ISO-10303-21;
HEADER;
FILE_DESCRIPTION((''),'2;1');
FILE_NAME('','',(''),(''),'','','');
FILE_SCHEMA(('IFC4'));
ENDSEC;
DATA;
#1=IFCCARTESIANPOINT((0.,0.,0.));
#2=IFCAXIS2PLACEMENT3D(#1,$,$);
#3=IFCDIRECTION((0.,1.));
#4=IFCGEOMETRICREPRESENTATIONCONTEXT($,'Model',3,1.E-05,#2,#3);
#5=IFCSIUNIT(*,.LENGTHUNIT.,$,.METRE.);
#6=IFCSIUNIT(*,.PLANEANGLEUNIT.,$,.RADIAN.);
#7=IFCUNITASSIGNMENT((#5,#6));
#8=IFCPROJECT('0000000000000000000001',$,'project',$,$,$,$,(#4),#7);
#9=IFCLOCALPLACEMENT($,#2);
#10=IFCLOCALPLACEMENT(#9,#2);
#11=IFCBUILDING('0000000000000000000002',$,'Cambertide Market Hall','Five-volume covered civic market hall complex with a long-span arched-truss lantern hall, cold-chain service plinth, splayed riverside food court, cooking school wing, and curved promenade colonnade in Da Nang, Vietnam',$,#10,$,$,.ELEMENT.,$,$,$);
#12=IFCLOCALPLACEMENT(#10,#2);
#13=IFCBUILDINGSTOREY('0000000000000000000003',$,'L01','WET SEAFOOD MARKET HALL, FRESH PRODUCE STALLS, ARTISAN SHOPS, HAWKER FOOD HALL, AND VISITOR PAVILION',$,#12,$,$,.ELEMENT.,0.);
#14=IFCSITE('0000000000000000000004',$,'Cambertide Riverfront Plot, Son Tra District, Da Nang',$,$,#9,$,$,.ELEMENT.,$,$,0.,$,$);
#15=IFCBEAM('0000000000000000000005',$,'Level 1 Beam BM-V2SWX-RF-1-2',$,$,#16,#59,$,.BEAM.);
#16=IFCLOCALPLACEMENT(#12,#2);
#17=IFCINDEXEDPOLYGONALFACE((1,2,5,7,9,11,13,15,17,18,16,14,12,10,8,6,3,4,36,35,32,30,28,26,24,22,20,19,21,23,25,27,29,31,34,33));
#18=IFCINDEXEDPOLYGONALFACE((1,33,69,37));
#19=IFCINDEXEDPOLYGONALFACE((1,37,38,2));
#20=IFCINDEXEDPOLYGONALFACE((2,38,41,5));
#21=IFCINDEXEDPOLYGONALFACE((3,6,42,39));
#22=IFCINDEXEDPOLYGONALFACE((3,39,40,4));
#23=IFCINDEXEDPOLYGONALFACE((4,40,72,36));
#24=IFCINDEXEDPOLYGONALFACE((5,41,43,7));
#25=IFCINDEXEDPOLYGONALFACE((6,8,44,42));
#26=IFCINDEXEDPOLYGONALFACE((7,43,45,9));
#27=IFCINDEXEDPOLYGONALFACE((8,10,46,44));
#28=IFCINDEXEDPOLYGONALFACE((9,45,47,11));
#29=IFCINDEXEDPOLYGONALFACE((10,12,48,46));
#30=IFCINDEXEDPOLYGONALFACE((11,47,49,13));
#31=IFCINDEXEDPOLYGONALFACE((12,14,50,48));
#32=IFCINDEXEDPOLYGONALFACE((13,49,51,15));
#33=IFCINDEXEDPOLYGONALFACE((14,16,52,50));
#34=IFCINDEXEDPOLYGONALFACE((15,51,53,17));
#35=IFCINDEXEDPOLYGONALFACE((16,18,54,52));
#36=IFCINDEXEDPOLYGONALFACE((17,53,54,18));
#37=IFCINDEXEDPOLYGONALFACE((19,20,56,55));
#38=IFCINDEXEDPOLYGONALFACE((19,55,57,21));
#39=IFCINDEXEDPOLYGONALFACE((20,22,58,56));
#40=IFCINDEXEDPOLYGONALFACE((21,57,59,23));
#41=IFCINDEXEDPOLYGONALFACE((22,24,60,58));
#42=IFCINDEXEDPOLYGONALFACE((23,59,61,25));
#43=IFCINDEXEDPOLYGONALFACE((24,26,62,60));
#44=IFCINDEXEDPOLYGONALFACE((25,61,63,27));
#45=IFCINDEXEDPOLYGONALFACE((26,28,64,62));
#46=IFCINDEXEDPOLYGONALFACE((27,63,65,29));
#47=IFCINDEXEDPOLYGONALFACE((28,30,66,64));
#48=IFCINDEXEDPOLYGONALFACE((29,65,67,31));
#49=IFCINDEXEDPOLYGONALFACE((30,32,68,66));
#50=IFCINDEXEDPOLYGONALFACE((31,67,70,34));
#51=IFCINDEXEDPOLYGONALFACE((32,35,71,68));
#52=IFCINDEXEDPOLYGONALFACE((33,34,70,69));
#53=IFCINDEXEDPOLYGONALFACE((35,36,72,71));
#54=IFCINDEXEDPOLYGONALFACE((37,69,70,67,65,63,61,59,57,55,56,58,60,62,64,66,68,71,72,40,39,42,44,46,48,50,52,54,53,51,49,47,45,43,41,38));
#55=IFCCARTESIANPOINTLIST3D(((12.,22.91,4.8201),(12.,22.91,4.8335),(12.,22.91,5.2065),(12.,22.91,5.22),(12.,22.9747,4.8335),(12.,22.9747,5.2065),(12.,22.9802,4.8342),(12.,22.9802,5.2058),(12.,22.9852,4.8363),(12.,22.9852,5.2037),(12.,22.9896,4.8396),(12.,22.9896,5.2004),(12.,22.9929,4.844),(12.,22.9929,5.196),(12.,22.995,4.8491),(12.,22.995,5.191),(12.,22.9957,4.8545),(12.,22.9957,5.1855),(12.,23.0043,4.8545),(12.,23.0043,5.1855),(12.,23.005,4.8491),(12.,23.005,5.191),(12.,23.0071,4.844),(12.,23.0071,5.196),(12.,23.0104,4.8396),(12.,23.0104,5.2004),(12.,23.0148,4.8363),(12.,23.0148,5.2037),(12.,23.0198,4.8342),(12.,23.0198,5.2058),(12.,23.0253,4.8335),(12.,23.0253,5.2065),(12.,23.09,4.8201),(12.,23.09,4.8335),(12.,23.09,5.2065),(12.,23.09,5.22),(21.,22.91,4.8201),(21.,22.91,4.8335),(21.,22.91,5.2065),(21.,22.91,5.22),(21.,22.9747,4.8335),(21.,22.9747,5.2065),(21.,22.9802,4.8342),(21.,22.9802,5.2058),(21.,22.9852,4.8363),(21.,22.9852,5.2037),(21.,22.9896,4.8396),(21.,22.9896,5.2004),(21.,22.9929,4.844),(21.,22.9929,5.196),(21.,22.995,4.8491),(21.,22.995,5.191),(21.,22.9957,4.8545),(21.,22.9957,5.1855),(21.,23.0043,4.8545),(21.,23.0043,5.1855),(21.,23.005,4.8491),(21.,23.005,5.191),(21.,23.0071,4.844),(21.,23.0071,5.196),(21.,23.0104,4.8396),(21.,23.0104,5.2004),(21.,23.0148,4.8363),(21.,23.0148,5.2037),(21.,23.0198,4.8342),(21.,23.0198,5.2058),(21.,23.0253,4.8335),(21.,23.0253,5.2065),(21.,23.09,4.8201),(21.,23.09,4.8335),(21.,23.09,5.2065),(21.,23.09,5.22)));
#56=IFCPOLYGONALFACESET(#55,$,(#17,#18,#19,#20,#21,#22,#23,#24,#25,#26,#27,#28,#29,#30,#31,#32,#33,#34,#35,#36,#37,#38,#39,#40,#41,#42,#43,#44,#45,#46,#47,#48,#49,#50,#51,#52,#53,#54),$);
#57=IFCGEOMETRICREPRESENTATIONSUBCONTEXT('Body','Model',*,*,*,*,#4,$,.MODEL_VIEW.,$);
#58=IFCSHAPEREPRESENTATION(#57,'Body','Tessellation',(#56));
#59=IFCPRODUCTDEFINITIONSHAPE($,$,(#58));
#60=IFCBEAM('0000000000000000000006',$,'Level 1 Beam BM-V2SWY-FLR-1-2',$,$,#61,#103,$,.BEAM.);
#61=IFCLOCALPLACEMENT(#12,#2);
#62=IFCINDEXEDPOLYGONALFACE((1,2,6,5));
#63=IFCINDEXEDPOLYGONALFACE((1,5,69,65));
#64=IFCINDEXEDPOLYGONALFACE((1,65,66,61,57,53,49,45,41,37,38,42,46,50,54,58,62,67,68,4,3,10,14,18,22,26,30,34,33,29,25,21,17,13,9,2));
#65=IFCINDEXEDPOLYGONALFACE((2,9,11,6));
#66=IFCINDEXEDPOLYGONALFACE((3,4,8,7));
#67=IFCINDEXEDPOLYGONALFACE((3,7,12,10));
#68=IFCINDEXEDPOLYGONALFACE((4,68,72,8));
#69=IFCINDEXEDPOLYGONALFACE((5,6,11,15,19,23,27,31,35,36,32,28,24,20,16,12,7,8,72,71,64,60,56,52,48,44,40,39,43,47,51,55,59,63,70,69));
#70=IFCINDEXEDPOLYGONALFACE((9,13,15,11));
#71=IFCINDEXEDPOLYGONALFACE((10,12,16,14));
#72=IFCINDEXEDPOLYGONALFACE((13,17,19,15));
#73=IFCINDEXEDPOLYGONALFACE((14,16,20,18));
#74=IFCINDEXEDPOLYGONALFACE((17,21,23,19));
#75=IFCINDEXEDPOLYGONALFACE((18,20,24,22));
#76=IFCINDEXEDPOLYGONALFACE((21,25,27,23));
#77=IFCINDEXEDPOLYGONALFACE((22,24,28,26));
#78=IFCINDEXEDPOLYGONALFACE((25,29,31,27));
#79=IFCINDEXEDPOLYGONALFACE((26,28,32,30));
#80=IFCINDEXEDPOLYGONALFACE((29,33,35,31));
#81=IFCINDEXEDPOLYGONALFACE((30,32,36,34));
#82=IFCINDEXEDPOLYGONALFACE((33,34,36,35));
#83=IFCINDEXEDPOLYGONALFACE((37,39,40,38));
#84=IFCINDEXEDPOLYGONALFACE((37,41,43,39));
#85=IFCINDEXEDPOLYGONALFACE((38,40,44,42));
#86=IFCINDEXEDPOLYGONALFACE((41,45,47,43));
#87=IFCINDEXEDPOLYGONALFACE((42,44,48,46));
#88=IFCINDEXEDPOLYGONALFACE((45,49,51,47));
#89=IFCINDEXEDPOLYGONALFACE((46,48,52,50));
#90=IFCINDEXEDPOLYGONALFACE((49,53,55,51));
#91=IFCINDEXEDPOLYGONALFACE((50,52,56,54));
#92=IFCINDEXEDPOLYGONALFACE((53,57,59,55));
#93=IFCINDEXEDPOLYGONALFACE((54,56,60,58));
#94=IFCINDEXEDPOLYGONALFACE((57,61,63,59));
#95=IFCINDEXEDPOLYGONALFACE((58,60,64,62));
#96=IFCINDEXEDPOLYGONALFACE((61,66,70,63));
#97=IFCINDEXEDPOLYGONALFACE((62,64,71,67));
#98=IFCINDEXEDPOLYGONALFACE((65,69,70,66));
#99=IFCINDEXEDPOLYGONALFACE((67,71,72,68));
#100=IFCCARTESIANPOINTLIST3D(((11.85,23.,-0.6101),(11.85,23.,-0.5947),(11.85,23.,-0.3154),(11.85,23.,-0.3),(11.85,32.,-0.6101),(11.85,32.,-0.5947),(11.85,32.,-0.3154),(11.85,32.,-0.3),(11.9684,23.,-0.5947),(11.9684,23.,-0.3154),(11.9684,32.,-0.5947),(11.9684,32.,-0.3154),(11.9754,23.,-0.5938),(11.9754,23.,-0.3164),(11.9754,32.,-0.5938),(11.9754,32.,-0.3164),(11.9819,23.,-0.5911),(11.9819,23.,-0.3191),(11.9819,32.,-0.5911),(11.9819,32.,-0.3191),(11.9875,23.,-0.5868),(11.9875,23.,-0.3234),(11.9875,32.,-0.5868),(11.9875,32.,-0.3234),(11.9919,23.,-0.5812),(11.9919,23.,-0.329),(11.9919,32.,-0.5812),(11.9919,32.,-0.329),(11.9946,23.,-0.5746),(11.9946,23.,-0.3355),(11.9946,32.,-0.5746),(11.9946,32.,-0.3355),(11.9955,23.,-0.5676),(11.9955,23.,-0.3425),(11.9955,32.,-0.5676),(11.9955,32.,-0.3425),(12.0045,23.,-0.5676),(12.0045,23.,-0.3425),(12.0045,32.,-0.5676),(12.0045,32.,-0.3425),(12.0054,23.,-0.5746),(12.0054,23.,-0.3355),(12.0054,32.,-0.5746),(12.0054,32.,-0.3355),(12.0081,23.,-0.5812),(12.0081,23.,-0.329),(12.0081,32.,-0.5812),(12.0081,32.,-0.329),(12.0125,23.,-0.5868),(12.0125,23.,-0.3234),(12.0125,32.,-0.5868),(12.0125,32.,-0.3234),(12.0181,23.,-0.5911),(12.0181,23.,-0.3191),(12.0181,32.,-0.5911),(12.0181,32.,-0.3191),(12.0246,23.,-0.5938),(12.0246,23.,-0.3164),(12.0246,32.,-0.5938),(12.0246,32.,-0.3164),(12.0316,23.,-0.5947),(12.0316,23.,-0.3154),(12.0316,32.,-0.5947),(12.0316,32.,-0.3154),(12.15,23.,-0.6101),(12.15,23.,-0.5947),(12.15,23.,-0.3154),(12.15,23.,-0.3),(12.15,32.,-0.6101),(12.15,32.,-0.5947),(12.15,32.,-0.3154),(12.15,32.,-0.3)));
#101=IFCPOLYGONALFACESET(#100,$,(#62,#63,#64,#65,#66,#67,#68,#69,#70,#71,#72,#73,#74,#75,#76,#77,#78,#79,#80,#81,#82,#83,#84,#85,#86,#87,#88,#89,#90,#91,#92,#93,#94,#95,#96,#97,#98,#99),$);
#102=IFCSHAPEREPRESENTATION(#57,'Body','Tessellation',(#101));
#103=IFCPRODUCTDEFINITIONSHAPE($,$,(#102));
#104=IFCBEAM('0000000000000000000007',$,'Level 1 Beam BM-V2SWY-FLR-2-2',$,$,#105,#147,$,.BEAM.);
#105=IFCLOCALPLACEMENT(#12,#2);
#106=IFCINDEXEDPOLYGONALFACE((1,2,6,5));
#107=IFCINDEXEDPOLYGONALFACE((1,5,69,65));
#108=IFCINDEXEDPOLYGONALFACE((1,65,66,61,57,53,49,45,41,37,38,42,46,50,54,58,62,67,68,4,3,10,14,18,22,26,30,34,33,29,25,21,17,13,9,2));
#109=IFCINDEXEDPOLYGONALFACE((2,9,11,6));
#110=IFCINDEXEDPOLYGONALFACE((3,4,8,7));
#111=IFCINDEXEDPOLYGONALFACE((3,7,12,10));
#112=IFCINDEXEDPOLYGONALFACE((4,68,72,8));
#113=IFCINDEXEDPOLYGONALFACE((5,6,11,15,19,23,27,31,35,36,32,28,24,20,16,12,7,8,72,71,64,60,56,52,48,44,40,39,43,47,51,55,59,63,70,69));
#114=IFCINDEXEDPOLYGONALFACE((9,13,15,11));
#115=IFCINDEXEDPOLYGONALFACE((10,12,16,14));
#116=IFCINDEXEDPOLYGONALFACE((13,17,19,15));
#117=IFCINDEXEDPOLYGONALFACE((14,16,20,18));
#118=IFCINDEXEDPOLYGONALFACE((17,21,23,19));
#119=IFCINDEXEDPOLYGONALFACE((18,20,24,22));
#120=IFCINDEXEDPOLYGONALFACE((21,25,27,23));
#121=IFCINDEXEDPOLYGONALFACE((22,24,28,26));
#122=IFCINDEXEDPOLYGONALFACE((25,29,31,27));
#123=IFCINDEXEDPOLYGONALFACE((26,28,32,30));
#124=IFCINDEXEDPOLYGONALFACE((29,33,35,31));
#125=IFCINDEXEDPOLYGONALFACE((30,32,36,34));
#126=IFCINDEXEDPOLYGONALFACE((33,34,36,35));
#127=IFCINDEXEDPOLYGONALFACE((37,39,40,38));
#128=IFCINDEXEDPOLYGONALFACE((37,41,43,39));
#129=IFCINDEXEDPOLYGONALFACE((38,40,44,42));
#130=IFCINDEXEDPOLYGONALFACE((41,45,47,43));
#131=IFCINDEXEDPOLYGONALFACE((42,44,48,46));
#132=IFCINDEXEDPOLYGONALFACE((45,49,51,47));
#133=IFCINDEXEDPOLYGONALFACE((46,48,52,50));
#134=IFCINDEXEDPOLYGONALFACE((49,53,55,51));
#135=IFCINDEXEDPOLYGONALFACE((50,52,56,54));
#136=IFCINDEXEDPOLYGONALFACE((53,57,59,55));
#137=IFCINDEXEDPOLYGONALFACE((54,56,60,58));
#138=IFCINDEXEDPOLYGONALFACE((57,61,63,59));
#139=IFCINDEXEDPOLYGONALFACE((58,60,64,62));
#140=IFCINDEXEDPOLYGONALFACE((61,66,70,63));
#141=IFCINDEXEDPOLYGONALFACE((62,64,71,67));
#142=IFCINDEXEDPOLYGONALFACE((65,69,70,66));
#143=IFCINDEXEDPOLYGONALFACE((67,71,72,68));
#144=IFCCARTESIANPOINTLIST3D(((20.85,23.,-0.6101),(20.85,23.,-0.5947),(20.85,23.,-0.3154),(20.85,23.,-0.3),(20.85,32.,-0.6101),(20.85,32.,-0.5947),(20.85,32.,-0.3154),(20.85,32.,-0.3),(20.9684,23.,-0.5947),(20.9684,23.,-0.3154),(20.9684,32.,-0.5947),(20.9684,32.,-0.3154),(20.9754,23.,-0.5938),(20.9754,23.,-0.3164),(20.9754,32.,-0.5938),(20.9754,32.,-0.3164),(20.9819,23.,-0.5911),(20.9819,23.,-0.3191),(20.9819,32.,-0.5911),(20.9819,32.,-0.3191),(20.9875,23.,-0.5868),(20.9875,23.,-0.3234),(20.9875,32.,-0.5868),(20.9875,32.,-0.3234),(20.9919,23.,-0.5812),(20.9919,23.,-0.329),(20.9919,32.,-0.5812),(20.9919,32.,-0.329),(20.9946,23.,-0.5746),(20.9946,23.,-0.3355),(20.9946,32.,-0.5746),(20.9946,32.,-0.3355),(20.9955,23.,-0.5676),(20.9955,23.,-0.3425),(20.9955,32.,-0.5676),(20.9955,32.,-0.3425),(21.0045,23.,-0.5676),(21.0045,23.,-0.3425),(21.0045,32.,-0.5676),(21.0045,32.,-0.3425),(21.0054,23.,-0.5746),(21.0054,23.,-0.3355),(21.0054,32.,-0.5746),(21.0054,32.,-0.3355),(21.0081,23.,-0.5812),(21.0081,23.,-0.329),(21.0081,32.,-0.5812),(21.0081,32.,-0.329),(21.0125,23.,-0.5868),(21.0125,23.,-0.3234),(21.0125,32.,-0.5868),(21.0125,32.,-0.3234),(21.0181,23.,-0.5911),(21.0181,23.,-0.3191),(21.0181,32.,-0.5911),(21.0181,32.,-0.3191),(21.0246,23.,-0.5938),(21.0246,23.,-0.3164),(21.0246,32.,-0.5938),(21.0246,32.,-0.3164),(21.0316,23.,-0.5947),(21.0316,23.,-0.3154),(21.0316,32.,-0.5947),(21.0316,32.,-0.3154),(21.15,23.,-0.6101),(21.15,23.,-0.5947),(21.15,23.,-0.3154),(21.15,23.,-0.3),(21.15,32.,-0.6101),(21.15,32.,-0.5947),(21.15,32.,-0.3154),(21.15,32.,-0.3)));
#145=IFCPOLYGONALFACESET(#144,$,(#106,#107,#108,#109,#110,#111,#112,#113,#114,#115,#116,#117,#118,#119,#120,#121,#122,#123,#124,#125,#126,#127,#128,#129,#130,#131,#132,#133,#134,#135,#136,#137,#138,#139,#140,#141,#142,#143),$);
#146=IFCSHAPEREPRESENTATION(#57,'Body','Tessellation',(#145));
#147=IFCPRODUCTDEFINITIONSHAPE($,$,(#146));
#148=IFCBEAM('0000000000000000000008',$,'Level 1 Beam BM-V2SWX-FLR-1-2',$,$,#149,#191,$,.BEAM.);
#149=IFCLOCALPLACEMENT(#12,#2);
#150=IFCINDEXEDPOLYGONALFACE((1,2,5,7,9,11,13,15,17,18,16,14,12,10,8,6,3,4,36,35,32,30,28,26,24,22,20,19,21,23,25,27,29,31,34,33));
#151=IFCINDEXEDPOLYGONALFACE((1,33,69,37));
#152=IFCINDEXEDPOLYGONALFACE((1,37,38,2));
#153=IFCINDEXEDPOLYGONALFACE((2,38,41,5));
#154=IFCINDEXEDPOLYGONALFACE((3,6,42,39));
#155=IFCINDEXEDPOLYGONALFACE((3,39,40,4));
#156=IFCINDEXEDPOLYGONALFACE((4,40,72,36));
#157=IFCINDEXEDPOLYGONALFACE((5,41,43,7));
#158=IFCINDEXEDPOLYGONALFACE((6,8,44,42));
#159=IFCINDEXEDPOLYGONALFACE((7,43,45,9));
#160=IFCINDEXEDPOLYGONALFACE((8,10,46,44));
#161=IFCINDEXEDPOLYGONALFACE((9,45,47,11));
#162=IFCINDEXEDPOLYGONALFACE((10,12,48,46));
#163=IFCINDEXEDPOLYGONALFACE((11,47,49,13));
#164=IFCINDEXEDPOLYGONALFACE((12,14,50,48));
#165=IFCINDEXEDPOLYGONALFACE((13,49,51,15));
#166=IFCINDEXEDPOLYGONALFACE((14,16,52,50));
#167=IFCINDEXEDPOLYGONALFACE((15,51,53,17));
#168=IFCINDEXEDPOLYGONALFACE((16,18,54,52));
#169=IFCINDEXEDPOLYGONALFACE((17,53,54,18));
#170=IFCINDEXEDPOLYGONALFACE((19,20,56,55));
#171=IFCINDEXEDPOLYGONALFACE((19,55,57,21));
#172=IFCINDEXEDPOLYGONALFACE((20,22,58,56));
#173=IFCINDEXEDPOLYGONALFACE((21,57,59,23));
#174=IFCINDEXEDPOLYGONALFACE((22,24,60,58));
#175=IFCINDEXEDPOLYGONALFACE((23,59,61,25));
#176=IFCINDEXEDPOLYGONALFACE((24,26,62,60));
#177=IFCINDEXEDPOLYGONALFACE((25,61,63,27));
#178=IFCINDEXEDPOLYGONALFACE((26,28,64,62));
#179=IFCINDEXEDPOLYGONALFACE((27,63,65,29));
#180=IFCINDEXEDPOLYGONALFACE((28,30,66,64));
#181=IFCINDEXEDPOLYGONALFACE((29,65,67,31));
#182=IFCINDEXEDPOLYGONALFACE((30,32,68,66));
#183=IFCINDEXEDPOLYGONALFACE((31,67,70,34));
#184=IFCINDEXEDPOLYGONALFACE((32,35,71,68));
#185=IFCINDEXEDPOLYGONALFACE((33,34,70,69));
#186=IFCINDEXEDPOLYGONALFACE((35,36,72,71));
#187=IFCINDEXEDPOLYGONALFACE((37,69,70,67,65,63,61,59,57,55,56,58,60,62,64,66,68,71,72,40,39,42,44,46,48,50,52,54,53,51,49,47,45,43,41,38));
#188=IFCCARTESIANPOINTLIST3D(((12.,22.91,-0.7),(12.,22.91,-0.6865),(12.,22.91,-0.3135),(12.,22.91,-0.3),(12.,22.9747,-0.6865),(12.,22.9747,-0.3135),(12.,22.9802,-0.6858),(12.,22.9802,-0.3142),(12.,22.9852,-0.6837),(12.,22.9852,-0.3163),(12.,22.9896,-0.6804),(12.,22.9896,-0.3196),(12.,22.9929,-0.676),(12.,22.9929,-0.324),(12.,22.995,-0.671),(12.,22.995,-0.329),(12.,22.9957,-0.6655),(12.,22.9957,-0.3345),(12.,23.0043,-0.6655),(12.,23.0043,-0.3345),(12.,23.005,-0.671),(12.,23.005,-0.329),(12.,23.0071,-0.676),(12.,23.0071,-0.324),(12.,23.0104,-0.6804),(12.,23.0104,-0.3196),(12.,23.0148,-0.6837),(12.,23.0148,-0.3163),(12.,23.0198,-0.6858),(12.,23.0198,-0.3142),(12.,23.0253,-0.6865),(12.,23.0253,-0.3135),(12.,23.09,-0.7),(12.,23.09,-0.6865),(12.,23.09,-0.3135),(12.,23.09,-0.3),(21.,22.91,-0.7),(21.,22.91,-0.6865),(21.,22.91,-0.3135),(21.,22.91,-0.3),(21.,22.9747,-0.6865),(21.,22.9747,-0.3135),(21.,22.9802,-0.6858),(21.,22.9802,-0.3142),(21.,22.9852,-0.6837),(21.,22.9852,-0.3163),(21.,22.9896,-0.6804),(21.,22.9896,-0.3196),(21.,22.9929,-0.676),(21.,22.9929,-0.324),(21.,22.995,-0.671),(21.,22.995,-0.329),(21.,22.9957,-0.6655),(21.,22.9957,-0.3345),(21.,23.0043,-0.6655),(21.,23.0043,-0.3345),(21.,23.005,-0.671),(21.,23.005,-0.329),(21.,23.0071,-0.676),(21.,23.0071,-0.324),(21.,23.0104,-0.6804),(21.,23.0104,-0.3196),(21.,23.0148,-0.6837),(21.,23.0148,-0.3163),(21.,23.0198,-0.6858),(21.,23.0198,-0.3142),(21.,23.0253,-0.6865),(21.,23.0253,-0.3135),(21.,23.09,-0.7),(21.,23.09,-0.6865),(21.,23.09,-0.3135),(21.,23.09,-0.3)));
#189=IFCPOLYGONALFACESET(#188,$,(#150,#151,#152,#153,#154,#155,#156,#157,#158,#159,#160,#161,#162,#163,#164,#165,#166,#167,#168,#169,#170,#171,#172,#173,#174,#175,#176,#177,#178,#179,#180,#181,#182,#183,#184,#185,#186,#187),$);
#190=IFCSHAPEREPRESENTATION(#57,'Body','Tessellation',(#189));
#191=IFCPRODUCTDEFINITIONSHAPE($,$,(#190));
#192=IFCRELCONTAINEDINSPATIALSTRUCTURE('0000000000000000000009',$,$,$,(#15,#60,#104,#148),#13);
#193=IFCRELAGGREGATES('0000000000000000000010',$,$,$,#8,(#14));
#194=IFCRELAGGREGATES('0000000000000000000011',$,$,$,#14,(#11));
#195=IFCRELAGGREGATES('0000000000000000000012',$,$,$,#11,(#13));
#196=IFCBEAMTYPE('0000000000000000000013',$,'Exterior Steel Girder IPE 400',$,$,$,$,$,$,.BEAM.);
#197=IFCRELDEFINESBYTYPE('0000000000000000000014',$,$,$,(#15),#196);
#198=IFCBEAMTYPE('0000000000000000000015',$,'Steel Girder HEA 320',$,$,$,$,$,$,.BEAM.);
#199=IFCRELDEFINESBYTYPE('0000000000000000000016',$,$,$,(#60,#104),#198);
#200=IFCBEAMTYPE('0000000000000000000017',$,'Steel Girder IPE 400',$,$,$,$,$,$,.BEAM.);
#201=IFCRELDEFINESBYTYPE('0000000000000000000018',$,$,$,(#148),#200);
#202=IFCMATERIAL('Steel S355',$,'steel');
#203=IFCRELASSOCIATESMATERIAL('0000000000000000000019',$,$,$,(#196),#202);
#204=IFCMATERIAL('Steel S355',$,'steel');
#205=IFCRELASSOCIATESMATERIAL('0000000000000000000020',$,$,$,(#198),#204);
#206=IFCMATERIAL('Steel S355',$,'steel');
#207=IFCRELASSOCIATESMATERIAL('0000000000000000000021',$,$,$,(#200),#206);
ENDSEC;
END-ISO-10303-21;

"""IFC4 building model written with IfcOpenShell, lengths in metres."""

from ifc_helpers import new_model, si_unit, direction, frame, origin, origin_2d, place, context, subcontext, project, spatial, i_section, extrude, material, material_profile, profile_set, type_object, element, save


model = new_model("IFC4")

# Units and contexts
model_context = context("Model", 3, precision=1e-05, world=origin(), true_north=direction((0.0, 1.0)))
body_context = subcontext(model_context, "Body", "Model", "MODEL_VIEW")
ifc_project = project(units=[si_unit("LENGTHUNIT", "METRE"), si_unit("PLANEANGLEUNIT", "RADIAN")], contexts=[model_context])

# Site, building, storey
site_placement = place(None, origin())
site = spatial("IfcSite", under=ifc_project, at=site_placement, Name="Cambertide Riverfront Plot, Son Tra District, Da Nang", CompositionType="ELEMENT", RefElevation=0.0)
building_placement = place(site_placement, origin())
building = spatial("IfcBuilding", under=site, at=building_placement, Name="Cambertide Market Hall", Description="Five-volume covered civic market hall complex with a long-span arched-truss lantern hall, cold-chain service plinth, splayed riverside food court, cooking school wing, and curved promenade colonnade in Da Nang, Vietnam", CompositionType="ELEMENT")
storey_placement = place(building_placement, origin())
storey = spatial("IfcBuildingStorey", under=building, at=storey_placement, Name="L01", Description="WET SEAFOOD MARKET HALL, FRESH PRODUCE STALLS, ARTISAN SHOPS, HAWKER FOOD HALL, AND VISITOR PAVILION", CompositionType="ELEMENT", Elevation=0.0)

# Beams
ifc_material_1 = material(Name="Steel S355", Category="steel")
ifc_material_profile_1 = material_profile(ifc_material_1, i_section(OverallWidth=0.1799, OverallDepth=0.3999, WebThickness=0.0085, FlangeThickness=0.0134, FilletRadius=0.021, at=origin_2d()), Name="IPE 400")
ifc_profile_set_1 = profile_set([ifc_material_profile_1], Name="Steel S355")
beam_type_1 = type_object("IfcBeamType", Name="Exterior Steel Girder IPE 400", PredefinedType="BEAM", material=ifc_profile_set_1)
beam_1_placement = place(storey_placement, frame((12.0, 23.0, 5.02), z_axis=(1.0, 0.0, 0.0), x_axis=(0.0, 1.0, 0.0)))
element("IfcBeam", 1, at=beam_1_placement, inside=storey, type_object=beam_type_1, Name="Level 1 Beam BM-V2SWX-RF-1-2", PredefinedType="BEAM", context=body_context, shape_type="SweptSolid", body=[
    extrude(i_section(OverallWidth=0.1799, OverallDepth=0.3999, WebThickness=0.0085, FlangeThickness=0.0134, FilletRadius=0.021, at=origin_2d()), origin(), (0.0, 0.0, 1.0), 9.0),
])
ifc_material_2 = material(Name="Steel S355", Category="steel")
ifc_material_profile_2 = material_profile(ifc_material_2, i_section(OverallWidth=0.3, OverallDepth=0.3101, WebThickness=0.009, FlangeThickness=0.0154, FilletRadius=0.0271, at=origin_2d()), Name="HEA 320")
ifc_profile_set_2 = profile_set([ifc_material_profile_2], Name="Steel S355")
beam_type_2 = type_object("IfcBeamType", Name="Steel Girder HEA 320", PredefinedType="BEAM", material=ifc_profile_set_2)
for number, where, z_axis, x_axis, name in (
    (2, (12.0, 23.0, -0.4551), (0.0, 1.0, 0.0), (-1.0, 0.0, 0.0), "Level 1 Beam BM-V2SWY-FLR-1-2"),
    (3, (21.0, 23.0, -0.4551), (0.0, 1.0, 0.0), (-1.0, 0.0, 0.0), "Level 1 Beam BM-V2SWY-FLR-2-2"),
):
    element("IfcBeam", number, at=place(storey_placement, frame(where, z_axis=z_axis, x_axis=x_axis)), inside=storey, type_object=beam_type_2, Name=name, PredefinedType="BEAM", context=body_context, shape_type="SweptSolid", body=[
        extrude(i_section(OverallWidth=0.3, OverallDepth=0.3101, WebThickness=0.009, FlangeThickness=0.0154, FilletRadius=0.0271, at=origin_2d()), origin(), (0.0, 0.0, 1.0), 9.0),
    ])
ifc_material_3 = material(Name="Steel S355", Category="steel")
ifc_material_profile_3 = material_profile(ifc_material_3, i_section(OverallWidth=0.1799, OverallDepth=0.3999, WebThickness=0.0085, FlangeThickness=0.0134, FilletRadius=0.021, at=origin_2d()), Name="IPE 400")
ifc_profile_set_3 = profile_set([ifc_material_profile_3], Name="Steel S355")
beam_type_3 = type_object("IfcBeamType", Name="Steel Girder IPE 400", PredefinedType="BEAM", material=ifc_profile_set_3)
for number, where, z_axis, x_axis, name in (
    (4, (12.0, 23.0, -0.5), (1.0, 0.0, 0.0), (0.0, 1.0, 0.0), "Level 1 Beam BM-V2SWX-FLR-1-2"),
):
    element("IfcBeam", number, at=place(storey_placement, frame(where, z_axis=z_axis, x_axis=x_axis)), inside=storey, type_object=beam_type_3, Name=name, PredefinedType="BEAM", context=body_context, shape_type="SweptSolid", body=[
        extrude(i_section(OverallWidth=0.1799, OverallDepth=0.3999, WebThickness=0.0085, FlangeThickness=0.0134, FilletRadius=0.021, at=origin_2d()), origin(), (0.0, 0.0, 1.0), 9.0),
    ])

save(model, "model.ifc")
